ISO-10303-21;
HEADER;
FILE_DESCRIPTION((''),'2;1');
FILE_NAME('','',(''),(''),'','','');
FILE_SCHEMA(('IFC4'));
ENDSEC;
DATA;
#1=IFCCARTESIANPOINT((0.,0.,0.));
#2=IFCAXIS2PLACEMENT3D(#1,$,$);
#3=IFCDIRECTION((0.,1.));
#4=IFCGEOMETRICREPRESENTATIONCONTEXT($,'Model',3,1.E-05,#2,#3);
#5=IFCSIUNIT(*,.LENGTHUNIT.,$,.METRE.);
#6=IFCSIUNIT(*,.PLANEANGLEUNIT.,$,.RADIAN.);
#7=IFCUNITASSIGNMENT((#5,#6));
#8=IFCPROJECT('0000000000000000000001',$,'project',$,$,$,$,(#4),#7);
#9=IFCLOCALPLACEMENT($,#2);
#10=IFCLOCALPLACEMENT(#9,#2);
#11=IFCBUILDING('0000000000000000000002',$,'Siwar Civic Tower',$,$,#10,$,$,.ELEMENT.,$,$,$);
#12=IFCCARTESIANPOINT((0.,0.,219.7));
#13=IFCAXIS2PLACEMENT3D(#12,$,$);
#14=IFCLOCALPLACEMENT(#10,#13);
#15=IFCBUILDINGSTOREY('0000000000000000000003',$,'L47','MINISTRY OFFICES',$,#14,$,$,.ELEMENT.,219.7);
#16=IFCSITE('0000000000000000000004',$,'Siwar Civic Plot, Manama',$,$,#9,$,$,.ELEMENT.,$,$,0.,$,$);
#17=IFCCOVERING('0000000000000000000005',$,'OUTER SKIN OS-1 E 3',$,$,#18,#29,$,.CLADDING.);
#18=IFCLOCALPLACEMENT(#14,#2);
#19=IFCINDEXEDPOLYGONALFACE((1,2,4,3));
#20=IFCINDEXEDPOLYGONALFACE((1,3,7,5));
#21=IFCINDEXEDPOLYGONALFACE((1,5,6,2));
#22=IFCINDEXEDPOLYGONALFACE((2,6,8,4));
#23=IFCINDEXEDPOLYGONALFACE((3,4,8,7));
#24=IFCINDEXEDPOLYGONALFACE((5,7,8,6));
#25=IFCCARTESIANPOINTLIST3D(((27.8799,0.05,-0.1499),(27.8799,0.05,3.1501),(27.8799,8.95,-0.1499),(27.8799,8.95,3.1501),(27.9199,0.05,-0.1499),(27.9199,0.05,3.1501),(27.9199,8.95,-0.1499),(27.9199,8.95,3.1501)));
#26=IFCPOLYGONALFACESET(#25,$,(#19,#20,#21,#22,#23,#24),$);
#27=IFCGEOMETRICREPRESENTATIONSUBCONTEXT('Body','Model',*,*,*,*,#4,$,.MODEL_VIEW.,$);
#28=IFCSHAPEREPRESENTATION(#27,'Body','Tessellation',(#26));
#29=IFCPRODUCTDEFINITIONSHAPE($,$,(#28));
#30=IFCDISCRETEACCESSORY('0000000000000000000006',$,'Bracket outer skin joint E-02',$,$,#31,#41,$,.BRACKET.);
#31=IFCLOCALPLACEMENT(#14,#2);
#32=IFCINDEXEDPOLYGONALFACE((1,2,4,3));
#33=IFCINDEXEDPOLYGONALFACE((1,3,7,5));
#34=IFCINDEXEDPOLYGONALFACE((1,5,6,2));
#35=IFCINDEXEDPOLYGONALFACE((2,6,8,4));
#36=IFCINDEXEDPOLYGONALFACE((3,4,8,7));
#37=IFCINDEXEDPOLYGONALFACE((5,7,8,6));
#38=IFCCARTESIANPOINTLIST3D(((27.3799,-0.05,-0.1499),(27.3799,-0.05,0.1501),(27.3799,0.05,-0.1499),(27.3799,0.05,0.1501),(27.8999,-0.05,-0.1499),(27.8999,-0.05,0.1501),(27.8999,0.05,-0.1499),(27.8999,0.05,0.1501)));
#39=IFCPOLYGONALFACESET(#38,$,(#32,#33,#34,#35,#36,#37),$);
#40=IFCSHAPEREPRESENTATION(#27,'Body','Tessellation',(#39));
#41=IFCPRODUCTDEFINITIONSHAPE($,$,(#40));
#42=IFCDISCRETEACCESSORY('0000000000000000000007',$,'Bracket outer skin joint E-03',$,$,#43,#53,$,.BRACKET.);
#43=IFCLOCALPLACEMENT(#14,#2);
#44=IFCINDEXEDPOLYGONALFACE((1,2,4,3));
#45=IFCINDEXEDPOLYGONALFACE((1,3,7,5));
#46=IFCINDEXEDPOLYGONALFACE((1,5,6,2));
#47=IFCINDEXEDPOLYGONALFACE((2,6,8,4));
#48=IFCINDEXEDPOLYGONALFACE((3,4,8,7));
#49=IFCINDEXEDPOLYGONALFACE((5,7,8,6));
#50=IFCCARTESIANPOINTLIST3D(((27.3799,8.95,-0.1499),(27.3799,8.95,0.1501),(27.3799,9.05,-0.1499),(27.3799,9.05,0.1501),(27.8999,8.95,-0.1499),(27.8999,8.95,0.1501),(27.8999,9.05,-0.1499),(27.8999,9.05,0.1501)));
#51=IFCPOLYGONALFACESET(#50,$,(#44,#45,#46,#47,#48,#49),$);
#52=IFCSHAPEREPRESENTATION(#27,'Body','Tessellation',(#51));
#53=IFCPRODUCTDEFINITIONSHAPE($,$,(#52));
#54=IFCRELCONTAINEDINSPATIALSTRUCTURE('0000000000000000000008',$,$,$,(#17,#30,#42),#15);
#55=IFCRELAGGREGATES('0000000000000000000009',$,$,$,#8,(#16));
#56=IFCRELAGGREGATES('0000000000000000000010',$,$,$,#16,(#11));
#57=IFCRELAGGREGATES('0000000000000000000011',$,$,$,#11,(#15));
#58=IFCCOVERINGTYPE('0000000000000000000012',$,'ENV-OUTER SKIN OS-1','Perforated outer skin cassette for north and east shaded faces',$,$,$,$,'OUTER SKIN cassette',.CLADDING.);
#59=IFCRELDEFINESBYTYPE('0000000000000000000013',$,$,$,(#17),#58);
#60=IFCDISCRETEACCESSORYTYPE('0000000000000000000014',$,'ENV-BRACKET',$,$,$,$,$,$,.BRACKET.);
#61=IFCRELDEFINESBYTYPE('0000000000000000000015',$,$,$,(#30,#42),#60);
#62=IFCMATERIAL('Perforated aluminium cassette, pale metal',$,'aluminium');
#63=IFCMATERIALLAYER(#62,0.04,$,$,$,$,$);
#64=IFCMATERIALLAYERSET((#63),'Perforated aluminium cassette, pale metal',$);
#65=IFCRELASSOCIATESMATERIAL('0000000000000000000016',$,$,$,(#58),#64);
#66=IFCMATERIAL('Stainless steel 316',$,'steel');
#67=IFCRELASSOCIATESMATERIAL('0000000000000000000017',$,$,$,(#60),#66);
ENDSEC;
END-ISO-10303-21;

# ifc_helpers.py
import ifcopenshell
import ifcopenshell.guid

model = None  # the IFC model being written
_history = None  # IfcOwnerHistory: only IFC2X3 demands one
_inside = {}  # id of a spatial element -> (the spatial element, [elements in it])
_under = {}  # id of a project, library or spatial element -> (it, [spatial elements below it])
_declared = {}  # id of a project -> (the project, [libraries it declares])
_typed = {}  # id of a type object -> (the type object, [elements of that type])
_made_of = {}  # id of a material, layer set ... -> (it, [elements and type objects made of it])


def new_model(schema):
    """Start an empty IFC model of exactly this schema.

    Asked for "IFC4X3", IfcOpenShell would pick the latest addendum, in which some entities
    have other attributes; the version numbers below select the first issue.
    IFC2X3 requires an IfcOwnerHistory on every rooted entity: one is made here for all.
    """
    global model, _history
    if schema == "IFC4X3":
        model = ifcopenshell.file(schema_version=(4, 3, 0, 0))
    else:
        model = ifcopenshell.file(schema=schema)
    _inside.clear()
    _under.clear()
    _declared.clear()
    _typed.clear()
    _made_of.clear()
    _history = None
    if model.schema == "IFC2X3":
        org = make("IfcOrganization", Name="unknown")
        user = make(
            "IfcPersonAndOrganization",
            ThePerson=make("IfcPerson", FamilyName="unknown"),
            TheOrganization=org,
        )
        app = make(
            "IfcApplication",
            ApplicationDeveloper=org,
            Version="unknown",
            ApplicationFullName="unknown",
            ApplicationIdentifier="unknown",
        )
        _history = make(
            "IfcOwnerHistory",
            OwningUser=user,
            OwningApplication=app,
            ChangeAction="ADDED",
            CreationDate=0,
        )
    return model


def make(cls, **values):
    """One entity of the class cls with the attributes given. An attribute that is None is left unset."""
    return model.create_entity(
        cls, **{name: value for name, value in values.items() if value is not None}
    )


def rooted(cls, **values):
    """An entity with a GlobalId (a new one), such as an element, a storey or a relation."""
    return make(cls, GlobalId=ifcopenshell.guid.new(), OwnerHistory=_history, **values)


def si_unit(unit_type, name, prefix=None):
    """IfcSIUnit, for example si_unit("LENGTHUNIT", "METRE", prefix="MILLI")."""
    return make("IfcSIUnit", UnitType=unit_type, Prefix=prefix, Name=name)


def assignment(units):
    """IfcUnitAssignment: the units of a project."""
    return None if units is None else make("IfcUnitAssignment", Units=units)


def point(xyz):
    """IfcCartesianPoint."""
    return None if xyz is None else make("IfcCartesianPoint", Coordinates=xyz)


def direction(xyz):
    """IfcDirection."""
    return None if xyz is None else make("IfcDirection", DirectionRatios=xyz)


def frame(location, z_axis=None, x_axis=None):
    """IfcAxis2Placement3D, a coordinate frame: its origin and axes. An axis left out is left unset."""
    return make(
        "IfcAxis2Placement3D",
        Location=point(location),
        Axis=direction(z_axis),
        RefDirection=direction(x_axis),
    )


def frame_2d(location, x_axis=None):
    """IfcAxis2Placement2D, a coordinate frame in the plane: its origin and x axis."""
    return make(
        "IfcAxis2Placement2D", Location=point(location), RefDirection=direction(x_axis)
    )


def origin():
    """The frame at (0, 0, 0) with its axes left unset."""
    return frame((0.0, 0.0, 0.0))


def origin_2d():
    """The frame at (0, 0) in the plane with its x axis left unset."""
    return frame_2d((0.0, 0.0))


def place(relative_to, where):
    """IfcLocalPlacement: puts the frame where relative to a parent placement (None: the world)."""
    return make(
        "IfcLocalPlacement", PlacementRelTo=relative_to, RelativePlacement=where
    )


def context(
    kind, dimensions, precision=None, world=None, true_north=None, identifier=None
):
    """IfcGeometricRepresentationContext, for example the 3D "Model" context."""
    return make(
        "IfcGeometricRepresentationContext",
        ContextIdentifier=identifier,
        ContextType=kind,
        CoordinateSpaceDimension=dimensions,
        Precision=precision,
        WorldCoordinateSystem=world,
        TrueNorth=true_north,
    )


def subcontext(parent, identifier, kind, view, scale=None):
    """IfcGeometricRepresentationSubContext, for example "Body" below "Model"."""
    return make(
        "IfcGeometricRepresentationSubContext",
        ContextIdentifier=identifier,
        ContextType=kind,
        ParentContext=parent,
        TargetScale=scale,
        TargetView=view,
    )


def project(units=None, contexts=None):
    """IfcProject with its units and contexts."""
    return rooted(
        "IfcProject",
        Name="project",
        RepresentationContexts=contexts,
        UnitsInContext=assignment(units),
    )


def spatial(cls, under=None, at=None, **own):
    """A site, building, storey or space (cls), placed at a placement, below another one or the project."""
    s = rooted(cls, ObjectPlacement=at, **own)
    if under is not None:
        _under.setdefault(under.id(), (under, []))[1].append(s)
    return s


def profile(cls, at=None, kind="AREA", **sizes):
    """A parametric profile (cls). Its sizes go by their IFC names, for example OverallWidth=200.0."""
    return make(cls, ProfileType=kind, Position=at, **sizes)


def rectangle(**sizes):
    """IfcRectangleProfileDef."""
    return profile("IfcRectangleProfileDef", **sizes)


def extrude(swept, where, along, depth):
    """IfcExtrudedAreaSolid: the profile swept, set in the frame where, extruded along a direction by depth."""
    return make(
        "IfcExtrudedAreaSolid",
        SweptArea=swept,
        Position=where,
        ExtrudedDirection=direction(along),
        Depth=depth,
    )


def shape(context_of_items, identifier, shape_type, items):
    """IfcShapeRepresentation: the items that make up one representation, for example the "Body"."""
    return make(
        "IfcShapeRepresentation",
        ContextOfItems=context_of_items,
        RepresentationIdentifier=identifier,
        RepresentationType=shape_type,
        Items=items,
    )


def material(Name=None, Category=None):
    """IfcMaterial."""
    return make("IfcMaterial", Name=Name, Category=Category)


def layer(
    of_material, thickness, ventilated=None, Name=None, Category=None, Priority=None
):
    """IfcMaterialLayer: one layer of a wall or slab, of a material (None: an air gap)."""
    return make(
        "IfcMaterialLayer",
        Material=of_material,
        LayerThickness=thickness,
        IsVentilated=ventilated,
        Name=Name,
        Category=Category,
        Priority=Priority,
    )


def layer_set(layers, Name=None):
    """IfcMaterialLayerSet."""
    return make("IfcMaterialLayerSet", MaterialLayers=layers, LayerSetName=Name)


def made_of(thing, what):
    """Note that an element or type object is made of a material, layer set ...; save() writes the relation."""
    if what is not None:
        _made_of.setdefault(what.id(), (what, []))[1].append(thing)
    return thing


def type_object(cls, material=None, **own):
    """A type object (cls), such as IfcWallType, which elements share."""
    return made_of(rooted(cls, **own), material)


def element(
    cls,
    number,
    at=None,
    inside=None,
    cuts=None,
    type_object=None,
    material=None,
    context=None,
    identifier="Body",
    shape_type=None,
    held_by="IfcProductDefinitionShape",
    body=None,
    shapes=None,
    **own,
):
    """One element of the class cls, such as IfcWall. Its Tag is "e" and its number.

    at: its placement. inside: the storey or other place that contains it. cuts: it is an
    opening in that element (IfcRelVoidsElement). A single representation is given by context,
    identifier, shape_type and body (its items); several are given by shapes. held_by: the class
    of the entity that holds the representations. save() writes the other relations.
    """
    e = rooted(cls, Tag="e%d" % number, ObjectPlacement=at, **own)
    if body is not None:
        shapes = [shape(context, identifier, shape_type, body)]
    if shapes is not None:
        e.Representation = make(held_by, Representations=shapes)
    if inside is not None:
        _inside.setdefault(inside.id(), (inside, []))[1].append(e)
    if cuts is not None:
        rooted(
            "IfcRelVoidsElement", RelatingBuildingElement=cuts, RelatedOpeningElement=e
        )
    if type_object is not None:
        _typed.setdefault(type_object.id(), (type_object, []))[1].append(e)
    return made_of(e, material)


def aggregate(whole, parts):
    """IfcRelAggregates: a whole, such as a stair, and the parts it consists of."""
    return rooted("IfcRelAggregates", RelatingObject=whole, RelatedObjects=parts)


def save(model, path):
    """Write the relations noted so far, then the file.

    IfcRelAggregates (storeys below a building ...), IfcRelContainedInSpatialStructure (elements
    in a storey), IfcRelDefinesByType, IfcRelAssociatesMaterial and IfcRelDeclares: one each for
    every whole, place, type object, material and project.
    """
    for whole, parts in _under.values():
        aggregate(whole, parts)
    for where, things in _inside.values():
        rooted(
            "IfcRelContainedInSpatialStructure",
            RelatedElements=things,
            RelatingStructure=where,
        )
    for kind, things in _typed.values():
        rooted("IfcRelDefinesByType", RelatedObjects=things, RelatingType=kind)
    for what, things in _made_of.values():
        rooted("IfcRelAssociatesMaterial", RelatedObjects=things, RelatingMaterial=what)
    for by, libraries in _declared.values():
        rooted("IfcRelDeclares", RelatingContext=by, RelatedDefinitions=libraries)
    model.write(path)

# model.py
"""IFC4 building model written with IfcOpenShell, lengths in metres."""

from ifc_helpers import new_model, si_unit, direction, frame, origin, origin_2d, place, context, subcontext, project, spatial, rectangle, extrude, material, layer, layer_set, type_object, element, save


model = new_model("IFC4")

# Units and contexts
model_context = context("Model", 3, precision=1e-05, world=origin(), true_north=direction((0.0, 1.0)))
body_context = subcontext(model_context, "Body", "Model", "MODEL_VIEW")
ifc_project = project(units=[si_unit("LENGTHUNIT", "METRE"), si_unit("PLANEANGLEUNIT", "RADIAN")], contexts=[model_context])

# Site, building, storey
site_placement = place(None, origin())
site = spatial("IfcSite", under=ifc_project, at=site_placement, Name="Siwar Civic Plot, Manama", CompositionType="ELEMENT", RefElevation=0.0)
building_placement = place(site_placement, origin())
building = spatial("IfcBuilding", under=site, at=building_placement, Name="Siwar Civic Tower", CompositionType="ELEMENT")
storey_placement = place(building_placement, frame((0.0, 0.0, 219.7)))
storey = spatial("IfcBuildingStorey", under=building, at=storey_placement, Name="L47", Description="MINISTRY OFFICES", CompositionType="ELEMENT", Elevation=219.7)

# Covering
ifc_material_1 = material(Name="Perforated aluminium cassette, pale metal", Category="aluminium")
ifc_layer_1 = layer(ifc_material_1, 0.04)
ifc_layer_set_1 = layer_set([ifc_layer_1], Name="Perforated aluminium cassette, pale metal")
covering_type = type_object("IfcCoveringType", Name="ENV-OUTER SKIN OS-1", Description="Perforated outer skin cassette for north and east shaded faces", ElementType="OUTER SKIN cassette", PredefinedType="CLADDING", material=ifc_layer_set_1)
covering_placement = place(storey_placement, frame((27.8999, 4.5, -0.1499), z_axis=(0.0, 0.0, 1.0), x_axis=(0.0, 1.0, 0.0)))
element("IfcCovering", 1, at=covering_placement, inside=storey, type_object=covering_type, Name="OUTER SKIN OS-1 E 3", PredefinedType="CLADDING", context=body_context, shape_type="SweptSolid", body=[
    extrude(rectangle(XDim=8.8999, YDim=0.04, at=origin_2d()), origin(), (0.0, 0.0, 1.0), 3.3),
])

# Discrete accessories
ifc_material_2 = material(Name="Stainless steel 316", Category="steel")
discrete_accessory_type = type_object("IfcDiscreteAccessoryType", Name="ENV-BRACKET", PredefinedType="BRACKET", material=ifc_material_2)
for number, where, z_axis, x_axis, name in (
    (2, (27.6399, 0.0, -0.1499), (0.0, 0.0, 1.0), (1.0, 0.0, 0.0), "Bracket outer skin joint E-02"),
    (3, (27.6399, 9.0, -0.1499), (0.0, 0.0, 1.0), (1.0, 0.0, 0.0), "Bracket outer skin joint E-03"),
):
    element("IfcDiscreteAccessory", number, at=place(storey_placement, frame(where, z_axis=z_axis, x_axis=x_axis)), inside=storey, type_object=discrete_accessory_type, Name=name, PredefinedType="BRACKET", context=body_context, shape_type="SweptSolid", body=[
        extrude(rectangle(XDim=0.52, YDim=0.1001, at=origin_2d()), origin(), (0.0, 0.0, 1.0), 0.3),
    ])

save(model, "model.ifc")
